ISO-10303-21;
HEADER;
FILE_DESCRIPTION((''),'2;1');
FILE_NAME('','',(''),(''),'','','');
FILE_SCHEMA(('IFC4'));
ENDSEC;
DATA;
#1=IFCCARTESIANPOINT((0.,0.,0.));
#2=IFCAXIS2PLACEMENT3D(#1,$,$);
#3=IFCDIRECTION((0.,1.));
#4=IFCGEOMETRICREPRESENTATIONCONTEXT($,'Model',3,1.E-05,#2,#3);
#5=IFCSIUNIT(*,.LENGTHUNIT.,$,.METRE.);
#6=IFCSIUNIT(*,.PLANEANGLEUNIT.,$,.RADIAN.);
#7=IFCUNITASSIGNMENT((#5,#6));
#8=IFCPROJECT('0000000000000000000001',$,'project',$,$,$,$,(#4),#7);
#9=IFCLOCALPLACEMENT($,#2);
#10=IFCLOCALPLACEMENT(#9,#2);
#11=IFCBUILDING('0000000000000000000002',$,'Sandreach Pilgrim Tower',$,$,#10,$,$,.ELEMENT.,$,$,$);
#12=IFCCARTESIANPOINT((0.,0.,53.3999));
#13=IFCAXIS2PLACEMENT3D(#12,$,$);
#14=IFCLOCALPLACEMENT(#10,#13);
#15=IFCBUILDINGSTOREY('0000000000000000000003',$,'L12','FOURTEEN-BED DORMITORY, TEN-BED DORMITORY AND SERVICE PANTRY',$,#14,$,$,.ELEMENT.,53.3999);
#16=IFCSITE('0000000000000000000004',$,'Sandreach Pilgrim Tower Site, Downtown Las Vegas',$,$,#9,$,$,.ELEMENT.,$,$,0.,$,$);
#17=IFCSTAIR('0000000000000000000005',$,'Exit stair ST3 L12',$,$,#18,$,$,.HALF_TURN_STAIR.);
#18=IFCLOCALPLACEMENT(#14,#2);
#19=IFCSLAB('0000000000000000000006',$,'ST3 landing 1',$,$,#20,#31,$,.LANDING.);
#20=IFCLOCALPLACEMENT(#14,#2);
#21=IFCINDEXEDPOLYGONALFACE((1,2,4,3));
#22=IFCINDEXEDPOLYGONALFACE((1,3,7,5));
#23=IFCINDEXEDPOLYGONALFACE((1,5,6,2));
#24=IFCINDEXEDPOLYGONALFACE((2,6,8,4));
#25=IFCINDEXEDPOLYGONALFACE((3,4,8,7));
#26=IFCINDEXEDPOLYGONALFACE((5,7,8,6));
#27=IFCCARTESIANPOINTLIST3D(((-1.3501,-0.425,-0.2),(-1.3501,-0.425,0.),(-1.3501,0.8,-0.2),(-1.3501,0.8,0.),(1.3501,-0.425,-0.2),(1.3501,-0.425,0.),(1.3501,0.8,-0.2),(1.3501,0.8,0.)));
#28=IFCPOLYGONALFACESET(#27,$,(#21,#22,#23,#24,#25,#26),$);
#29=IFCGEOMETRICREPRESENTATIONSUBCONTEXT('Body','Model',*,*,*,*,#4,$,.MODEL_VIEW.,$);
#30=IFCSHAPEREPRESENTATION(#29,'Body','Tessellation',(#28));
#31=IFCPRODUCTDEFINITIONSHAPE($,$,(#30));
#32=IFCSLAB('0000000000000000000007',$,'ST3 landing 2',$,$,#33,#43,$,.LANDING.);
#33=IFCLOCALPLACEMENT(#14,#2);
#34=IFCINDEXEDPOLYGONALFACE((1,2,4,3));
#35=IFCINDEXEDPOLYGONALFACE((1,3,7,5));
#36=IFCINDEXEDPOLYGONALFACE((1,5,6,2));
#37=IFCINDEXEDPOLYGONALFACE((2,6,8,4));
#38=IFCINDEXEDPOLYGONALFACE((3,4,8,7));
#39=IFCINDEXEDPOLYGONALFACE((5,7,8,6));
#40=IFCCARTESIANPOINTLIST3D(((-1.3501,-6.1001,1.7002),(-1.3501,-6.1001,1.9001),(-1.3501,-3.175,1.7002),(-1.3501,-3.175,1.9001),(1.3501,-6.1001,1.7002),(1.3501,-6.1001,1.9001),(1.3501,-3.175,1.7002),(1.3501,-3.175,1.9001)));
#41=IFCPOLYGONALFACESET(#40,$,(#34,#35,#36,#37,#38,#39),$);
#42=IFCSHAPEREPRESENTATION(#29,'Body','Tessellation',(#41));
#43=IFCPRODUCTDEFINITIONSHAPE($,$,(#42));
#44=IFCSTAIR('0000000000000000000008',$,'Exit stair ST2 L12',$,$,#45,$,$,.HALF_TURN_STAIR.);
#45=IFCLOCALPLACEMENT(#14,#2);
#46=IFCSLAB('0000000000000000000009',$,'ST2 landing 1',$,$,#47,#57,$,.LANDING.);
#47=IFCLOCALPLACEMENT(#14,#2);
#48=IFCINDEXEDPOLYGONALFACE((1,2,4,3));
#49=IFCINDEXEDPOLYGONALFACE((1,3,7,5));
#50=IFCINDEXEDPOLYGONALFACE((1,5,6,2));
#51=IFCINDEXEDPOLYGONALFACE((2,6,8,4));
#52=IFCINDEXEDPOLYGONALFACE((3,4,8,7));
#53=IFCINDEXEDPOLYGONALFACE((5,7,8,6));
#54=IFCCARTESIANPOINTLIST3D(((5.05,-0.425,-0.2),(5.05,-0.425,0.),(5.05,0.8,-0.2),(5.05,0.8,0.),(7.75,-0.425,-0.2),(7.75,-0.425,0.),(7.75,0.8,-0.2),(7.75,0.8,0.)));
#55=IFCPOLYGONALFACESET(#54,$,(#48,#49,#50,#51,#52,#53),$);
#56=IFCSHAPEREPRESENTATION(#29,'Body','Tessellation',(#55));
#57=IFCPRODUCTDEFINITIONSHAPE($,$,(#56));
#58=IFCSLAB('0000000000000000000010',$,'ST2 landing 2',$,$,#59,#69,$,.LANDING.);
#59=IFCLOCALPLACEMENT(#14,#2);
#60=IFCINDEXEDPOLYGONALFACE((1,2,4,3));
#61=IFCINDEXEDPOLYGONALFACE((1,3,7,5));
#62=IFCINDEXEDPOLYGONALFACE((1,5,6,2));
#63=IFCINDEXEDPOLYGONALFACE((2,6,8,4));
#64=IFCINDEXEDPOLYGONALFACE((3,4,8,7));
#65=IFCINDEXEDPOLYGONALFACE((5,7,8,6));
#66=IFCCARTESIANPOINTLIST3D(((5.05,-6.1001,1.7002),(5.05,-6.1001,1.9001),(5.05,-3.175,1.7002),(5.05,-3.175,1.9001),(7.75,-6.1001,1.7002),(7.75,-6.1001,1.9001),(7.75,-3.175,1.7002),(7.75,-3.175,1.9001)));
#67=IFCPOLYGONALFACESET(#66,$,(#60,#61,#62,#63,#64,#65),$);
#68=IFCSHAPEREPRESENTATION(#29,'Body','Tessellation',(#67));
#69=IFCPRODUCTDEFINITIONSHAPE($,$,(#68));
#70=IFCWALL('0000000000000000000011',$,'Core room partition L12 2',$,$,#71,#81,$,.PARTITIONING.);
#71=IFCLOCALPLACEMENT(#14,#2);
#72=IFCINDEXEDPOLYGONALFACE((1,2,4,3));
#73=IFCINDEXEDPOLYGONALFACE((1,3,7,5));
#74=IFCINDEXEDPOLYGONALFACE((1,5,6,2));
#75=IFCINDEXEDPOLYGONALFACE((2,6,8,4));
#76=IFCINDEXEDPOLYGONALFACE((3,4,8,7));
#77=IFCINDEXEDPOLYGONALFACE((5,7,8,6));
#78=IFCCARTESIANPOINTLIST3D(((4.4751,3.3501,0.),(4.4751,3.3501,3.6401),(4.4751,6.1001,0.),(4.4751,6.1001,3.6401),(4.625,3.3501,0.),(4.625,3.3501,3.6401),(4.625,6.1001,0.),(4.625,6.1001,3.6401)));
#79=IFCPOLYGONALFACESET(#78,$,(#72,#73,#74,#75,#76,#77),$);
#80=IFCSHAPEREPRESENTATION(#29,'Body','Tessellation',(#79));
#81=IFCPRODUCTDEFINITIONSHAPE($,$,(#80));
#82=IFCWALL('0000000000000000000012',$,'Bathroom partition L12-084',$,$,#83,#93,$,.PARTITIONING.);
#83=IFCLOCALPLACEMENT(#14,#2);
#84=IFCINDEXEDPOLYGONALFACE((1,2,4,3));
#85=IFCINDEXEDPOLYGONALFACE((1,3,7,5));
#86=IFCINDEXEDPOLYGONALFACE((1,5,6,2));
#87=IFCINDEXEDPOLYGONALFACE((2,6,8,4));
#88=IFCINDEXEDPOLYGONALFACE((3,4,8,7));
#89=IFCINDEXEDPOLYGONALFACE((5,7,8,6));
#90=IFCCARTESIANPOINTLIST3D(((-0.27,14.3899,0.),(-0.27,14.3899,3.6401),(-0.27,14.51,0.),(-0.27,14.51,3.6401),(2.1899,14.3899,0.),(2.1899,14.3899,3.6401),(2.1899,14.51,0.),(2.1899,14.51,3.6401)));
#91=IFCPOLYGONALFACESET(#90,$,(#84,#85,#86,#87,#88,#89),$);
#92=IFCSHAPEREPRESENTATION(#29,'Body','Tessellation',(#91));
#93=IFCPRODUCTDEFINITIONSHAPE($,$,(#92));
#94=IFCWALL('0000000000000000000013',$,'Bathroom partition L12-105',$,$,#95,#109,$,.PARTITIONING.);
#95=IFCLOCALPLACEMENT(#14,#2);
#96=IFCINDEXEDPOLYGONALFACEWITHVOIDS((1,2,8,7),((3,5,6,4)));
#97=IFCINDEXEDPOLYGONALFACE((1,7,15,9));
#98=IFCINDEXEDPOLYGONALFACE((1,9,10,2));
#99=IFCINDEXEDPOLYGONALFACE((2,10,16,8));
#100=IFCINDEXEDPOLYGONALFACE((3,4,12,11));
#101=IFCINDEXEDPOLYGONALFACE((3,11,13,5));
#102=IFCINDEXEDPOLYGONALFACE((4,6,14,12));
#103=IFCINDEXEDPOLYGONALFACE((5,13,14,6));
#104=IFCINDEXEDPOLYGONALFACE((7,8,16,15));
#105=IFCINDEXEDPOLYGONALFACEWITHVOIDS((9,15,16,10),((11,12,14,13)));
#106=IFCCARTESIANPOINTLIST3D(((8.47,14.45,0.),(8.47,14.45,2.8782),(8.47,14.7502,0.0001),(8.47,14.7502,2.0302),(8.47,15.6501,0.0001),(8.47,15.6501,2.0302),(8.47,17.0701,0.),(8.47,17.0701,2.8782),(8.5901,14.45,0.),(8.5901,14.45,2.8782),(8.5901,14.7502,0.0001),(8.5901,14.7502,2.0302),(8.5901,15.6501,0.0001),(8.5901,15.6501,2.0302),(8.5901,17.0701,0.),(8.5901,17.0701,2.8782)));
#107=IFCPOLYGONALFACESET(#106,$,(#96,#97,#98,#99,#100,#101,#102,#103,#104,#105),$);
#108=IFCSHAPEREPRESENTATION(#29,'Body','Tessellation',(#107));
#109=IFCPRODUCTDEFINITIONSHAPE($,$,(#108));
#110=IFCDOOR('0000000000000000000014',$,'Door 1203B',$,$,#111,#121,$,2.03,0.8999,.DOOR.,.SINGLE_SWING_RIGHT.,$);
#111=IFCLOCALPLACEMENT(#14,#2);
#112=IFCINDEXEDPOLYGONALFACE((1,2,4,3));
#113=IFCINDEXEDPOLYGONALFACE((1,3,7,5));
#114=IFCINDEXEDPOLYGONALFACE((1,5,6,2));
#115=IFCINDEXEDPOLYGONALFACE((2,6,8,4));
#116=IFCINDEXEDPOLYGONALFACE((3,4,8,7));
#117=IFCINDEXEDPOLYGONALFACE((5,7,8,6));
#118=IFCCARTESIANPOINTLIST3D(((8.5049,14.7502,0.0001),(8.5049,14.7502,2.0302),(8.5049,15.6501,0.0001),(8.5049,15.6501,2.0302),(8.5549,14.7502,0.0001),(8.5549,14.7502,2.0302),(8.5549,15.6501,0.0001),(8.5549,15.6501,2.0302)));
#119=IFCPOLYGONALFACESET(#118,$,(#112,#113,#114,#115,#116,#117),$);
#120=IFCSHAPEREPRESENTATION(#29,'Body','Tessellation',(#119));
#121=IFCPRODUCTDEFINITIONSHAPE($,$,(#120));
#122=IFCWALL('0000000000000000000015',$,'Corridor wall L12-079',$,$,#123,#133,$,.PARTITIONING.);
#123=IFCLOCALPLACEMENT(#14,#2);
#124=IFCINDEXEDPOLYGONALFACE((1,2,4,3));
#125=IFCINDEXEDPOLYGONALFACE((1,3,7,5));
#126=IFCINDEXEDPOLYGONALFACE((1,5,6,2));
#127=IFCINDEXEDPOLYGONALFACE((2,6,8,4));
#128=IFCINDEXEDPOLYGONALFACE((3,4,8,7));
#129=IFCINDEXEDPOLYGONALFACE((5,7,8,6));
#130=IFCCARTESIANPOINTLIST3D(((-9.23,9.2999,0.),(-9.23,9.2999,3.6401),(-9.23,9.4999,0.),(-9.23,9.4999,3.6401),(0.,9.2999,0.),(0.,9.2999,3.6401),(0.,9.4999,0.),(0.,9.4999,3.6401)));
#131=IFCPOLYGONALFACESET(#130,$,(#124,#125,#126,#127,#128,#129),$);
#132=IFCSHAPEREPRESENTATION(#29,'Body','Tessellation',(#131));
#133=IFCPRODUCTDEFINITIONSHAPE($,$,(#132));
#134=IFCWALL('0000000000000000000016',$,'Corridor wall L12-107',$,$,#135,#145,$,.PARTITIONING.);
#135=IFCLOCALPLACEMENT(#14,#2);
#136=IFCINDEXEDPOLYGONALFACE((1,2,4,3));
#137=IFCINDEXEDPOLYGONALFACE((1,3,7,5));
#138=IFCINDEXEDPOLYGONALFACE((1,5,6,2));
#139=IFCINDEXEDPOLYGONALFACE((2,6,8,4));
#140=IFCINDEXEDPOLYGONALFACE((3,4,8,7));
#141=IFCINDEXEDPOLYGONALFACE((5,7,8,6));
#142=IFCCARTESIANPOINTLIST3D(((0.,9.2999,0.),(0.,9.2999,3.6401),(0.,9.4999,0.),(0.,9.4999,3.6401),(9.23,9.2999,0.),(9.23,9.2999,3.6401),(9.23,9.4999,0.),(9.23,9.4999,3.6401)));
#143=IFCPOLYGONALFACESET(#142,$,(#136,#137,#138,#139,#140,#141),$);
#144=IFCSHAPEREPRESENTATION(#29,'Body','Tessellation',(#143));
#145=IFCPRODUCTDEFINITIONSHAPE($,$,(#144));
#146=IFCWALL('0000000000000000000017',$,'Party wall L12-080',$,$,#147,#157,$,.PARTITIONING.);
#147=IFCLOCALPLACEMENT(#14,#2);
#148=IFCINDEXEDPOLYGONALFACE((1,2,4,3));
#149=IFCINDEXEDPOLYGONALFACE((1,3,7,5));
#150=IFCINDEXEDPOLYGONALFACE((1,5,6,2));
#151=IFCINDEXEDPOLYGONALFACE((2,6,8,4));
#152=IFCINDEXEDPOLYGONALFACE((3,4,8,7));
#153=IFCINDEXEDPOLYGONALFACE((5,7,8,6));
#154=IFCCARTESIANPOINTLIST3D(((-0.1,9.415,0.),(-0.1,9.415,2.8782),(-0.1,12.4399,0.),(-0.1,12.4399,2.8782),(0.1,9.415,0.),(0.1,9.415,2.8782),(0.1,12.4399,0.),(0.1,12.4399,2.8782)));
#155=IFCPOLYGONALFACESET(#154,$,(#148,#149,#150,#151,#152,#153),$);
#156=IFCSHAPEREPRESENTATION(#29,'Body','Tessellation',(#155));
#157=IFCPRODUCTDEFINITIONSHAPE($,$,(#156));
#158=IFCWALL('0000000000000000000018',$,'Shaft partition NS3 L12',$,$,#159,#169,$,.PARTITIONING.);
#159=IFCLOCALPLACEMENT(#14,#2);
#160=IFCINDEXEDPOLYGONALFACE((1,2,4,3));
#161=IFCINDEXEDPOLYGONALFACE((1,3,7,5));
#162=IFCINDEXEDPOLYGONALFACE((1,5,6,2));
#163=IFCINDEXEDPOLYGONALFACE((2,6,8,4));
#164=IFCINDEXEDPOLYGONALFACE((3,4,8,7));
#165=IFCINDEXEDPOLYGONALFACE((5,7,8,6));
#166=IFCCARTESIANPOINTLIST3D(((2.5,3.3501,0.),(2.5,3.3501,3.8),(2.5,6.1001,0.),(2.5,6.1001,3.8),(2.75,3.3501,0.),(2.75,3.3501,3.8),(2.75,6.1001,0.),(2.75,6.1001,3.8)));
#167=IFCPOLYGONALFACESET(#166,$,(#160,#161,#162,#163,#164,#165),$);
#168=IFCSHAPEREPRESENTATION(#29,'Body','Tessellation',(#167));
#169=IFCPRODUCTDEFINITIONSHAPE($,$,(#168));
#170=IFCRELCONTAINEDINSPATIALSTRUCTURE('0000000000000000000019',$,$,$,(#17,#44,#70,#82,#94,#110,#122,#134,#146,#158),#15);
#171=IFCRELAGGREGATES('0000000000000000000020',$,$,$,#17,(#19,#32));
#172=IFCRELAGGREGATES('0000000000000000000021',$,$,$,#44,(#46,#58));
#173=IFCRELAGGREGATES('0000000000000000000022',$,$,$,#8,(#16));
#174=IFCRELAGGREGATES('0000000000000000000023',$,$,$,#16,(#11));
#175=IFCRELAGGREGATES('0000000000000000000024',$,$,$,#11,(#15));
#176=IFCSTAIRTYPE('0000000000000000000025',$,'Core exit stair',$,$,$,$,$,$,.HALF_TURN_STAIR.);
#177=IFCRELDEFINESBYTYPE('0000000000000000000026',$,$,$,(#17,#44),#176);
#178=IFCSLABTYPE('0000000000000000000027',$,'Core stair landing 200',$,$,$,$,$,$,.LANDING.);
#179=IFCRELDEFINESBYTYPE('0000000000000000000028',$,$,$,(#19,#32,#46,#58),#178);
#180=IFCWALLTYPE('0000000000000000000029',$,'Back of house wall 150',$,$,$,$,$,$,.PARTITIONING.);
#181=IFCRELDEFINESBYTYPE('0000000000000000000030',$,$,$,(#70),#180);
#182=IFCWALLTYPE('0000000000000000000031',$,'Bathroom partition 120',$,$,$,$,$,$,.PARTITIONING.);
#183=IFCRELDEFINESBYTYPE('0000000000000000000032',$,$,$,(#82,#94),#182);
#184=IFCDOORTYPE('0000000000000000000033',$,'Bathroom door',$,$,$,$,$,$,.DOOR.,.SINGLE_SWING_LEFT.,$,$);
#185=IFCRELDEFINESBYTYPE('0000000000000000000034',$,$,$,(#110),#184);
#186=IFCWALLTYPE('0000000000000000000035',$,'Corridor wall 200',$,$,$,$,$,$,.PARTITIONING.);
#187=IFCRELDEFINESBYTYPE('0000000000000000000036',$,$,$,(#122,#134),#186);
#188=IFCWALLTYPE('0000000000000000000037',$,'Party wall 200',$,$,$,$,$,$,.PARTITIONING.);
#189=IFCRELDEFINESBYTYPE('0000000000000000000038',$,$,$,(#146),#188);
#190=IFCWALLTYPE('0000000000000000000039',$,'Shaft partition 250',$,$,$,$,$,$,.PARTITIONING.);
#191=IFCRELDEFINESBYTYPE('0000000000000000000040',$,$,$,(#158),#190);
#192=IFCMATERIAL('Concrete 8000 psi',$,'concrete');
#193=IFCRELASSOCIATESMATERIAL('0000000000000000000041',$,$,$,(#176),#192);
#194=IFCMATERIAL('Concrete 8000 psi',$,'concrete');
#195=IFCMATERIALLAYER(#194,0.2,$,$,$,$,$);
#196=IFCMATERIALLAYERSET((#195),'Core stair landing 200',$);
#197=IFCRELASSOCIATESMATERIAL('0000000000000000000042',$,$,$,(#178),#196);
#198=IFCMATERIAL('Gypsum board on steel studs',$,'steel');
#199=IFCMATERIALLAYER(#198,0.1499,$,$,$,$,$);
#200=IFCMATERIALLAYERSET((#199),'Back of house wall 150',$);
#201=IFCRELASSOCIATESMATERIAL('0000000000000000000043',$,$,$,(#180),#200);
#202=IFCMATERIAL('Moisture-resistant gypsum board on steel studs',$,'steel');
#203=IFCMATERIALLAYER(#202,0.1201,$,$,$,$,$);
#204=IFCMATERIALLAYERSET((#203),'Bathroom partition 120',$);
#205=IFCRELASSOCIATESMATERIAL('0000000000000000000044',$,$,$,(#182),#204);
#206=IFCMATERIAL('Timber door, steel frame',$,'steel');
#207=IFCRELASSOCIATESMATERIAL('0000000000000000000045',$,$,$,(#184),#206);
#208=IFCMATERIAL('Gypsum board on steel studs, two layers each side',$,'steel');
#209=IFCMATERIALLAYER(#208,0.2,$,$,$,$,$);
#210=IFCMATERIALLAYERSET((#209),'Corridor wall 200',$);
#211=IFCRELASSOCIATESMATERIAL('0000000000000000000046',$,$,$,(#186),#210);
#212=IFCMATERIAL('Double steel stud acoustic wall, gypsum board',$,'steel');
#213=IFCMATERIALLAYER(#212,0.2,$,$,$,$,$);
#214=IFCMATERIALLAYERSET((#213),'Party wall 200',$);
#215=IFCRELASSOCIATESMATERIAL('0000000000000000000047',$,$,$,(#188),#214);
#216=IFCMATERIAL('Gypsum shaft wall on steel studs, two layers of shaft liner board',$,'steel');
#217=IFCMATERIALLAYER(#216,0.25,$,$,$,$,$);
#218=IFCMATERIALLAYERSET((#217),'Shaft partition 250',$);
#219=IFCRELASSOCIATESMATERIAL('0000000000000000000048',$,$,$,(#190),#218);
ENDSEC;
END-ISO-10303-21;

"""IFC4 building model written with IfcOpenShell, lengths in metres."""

from ifc_helpers import new_model, si_unit, direction, frame, frame_2d, origin, place, context, subcontext, project, spatial, polyline, rectangle, outline, extrude, material, layer, layer_set, type_object, element, fill, aggregate, save


model = new_model("IFC4")

# Units and contexts
model_context = context("Model", 3, precision=1e-05, world=origin(), true_north=direction((0.0, 1.0)))
body_context = subcontext(model_context, "Body", "Model", "MODEL_VIEW")
ifc_project = project(units=[si_unit("LENGTHUNIT", "METRE"), si_unit("PLANEANGLEUNIT", "RADIAN")], contexts=[model_context])

# Site, building, storey
site_placement = place(None, origin())
site = spatial("IfcSite", under=ifc_project, at=site_placement, Name="Sandreach Pilgrim Tower Site, Downtown Las Vegas", CompositionType="ELEMENT", RefElevation=0.0)
building_placement = place(site_placement, origin())
building = spatial("IfcBuilding", under=site, at=building_placement, Name="Sandreach Pilgrim Tower", CompositionType="ELEMENT")
storey_placement = place(building_placement, frame((0.0, 0.0, 53.3999)))
storey = spatial("IfcBuildingStorey", under=building, at=storey_placement, Name="L12", Description="FOURTEEN-BED DORMITORY, TEN-BED DORMITORY AND SERVICE PANTRY", CompositionType="ELEMENT", Elevation=53.3999)

# Stairs, slabs
ifc_material_1 = material(Name="Concrete 8000 psi", Category="concrete")
stair_type = type_object("IfcStairType", Name="Core exit stair", PredefinedType="HALF_TURN_STAIR", material=ifc_material_1)
stair_1_placement = place(storey_placement, origin())
stair_1 = element("IfcStair", 1, at=stair_1_placement, inside=storey, type_object=stair_type, Name="Exit stair ST3 L12", PredefinedType="HALF_TURN_STAIR")
ifc_material_2 = material(Name="Concrete 8000 psi", Category="concrete")
ifc_layer_1 = layer(ifc_material_2, 0.2)
ifc_layer_set_1 = layer_set([ifc_layer_1], Name="Core stair landing 200")
slab_type = type_object("IfcSlabType", Name="Core stair landing 200", PredefinedType="LANDING", material=ifc_layer_set_1)
slab_1_placement = place(storey_placement, frame((0.0, 0.0, -0.2)))
slab_1 = element("IfcSlab", 2, at=slab_1_placement, type_object=slab_type, Name="ST3 landing 1", PredefinedType="LANDING", context=body_context, shape_type="SweptSolid", body=[
    extrude(outline(polyline([(-1.3501, -0.425), (1.3501, -0.425), (1.3501, 0.8), (-1.3501, 0.8), (-1.3501, -0.425)])), origin(), (0.0, 0.0, 1.0), 0.2),
])
slab_2_placement = place(storey_placement, frame((0.0, 0.0, 1.7002)))
slab_2 = element("IfcSlab", 3, at=slab_2_placement, type_object=slab_type, Name="ST3 landing 2", PredefinedType="LANDING", context=body_context, shape_type="SweptSolid", body=[
    extrude(outline(polyline([(-1.3501, -6.1001), (1.3501, -6.1001), (1.3501, -3.175), (-1.3501, -3.175), (-1.3501, -6.1001)])), origin(), (0.0, 0.0, 1.0), 0.2),
])
aggregate(stair_1, [slab_1, slab_2])
stair_2_placement = place(storey_placement, origin())
stair_2 = element("IfcStair", 4, at=stair_2_placement, inside=storey, type_object=stair_type, Name="Exit stair ST2 L12", PredefinedType="HALF_TURN_STAIR")
slab_3_placement = place(storey_placement, frame((0.0, 0.0, -0.2)))
slab_3 = element("IfcSlab", 5, at=slab_3_placement, type_object=slab_type, Name="ST2 landing 1", PredefinedType="LANDING", context=body_context, shape_type="SweptSolid", body=[
    extrude(outline(polyline([(5.05, -0.425), (7.75, -0.425), (7.75, 0.8), (5.05, 0.8), (5.05, -0.425)])), origin(), (0.0, 0.0, 1.0), 0.2),
])
slab_4_placement = place(storey_placement, frame((0.0, 0.0, 1.7002)))
slab_4 = element("IfcSlab", 6, at=slab_4_placement, type_object=slab_type, Name="ST2 landing 2", PredefinedType="LANDING", context=body_context, shape_type="SweptSolid", body=[
    extrude(outline(polyline([(5.05, -6.1001), (7.75, -6.1001), (7.75, -3.175), (5.05, -3.175), (5.05, -6.1001)])), origin(), (0.0, 0.0, 1.0), 0.2),
])
aggregate(stair_2, [slab_3, slab_4])

# Walls
ifc_material_3 = material(Name="Gypsum board on steel studs", Category="steel")
ifc_layer_2 = layer(ifc_material_3, 0.1499)
ifc_layer_set_2 = layer_set([ifc_layer_2], Name="Back of house wall 150")
wall_type_1 = type_object("IfcWallType", Name="Back of house wall 150", PredefinedType="PARTITIONING", material=ifc_layer_set_2)
wall_1_placement = place(storey_placement, frame((4.55, 3.3501, 0.0), z_axis=(0.0, 0.0, 1.0), x_axis=(0.0, 1.0, 0.0)))
element("IfcWall", 7, at=wall_1_placement, inside=storey, type_object=wall_type_1, Name="Core room partition L12 2", PredefinedType="PARTITIONING", context=body_context, shape_type="SweptSolid", body=[
    extrude(rectangle(XDim=2.75, YDim=0.1499, at=frame_2d((1.375, 0.0))), origin(), (0.0, 0.0, 1.0), 3.6401),
])
ifc_material_4 = material(Name="Moisture-resistant gypsum board on steel studs", Category="steel")
ifc_layer_3 = layer(ifc_material_4, 0.1201)
ifc_layer_set_3 = layer_set([ifc_layer_3], Name="Bathroom partition 120")
wall_type_2 = type_object("IfcWallType", Name="Bathroom partition 120", PredefinedType="PARTITIONING", material=ifc_layer_set_3)
wall_2_placement = place(storey_placement, frame((2.1899, 14.45, 0.0), z_axis=(0.0, 0.0, 1.0), x_axis=(-1.0, 0.0, 0.0)))
element("IfcWall", 8, at=wall_2_placement, inside=storey, type_object=wall_type_2, Name="Bathroom partition L12-084", PredefinedType="PARTITIONING", context=body_context, shape_type="SweptSolid", body=[
    extrude(rectangle(XDim=2.46, YDim=0.1201, at=frame_2d((1.23, 0.0))), origin(), (0.0, 0.0, 1.0), 3.6401),
])

# Wall, opening, door
wall_3_placement = place(storey_placement, frame((8.53, 17.0701, 0.0), z_axis=(0.0, 0.0, 1.0), x_axis=(0.0, -1.0, 0.0)))
wall_3 = element("IfcWall", 9, at=wall_3_placement, inside=storey, type_object=wall_type_2, Name="Bathroom partition L12-105", PredefinedType="PARTITIONING", context=body_context, shape_type="SweptSolid", body=[
    extrude(rectangle(XDim=2.6201, YDim=0.1201, at=frame_2d((1.3101, 0.0))), origin(), (0.0, 0.0, 1.0), 2.8782),
])
opening_1_placement = place(wall_3_placement, frame((1.4199, 0.0, 0.0)))
opening_1 = element("IfcOpeningElement", 10, at=opening_1_placement, cuts=wall_3, PredefinedType="OPENING", context=body_context, shape_type="SweptSolid", body=[
    extrude(rectangle(XDim=0.8999, YDim=2.03, at=frame_2d((0.45, 1.0151))), frame((0.0, 0.0601, 0.0), z_axis=(0.0, -1.0, 0.0), x_axis=(1.0, 0.0, 0.0)), (0.0, 0.0, 1.0), 0.1201),
])
ifc_material_5 = material(Name="Timber door, steel frame", Category="steel")
door_type_1 = type_object("IfcDoorType", Name="Bathroom door", OperationType="SINGLE_SWING_LEFT", PredefinedType="DOOR", material=ifc_material_5)
door_1_placement = place(opening_1_placement, origin())
door_1 = element("IfcDoor", 11, at=door_1_placement, inside=storey, type_object=door_type_1, Name="Door 1203B", OperationType="SINGLE_SWING_RIGHT", OverallHeight=2.03, OverallWidth=0.8999, PredefinedType="DOOR", context=body_context, shape_type="SweptSolid", body=[
    extrude(rectangle(XDim=0.8999, YDim=2.03, at=frame_2d((0.45, 1.0151))), frame((0.0, 0.0249, 0.0), z_axis=(0.0, -1.0, 0.0), x_axis=(1.0, 0.0, 0.0)), (0.0, 0.0, 1.0), 0.05),
])
fill(opening_1, door_1)

# Wall
ifc_material_6 = material(Name="Gypsum board on steel studs, two layers each side", Category="steel")
ifc_layer_4 = layer(ifc_material_6, 0.2)
ifc_layer_set_4 = layer_set([ifc_layer_4], Name="Corridor wall 200")
wall_type_3 = type_object("IfcWallType", Name="Corridor wall 200", PredefinedType="PARTITIONING", material=ifc_layer_set_4)
wall_4_placement = place(storey_placement, frame((0.0, 9.3999, 0.0), z_axis=(0.0, 0.0, 1.0), x_axis=(-1.0, 0.0, 0.0)))
element("IfcWall", 12, at=wall_4_placement, inside=storey, type_object=wall_type_3, Name="Corridor wall L12-079", PredefinedType="PARTITIONING", context=body_context, shape_type="SweptSolid", body=[
    extrude(rectangle(XDim=9.23, YDim=0.2, at=frame_2d((4.615, 0.0))), origin(), (0.0, 0.0, 1.0), 3.6401),
])

# Walls
wall_5_placement = place(storey_placement, frame((9.23, 9.3999, 0.0), z_axis=(0.0, 0.0, 1.0), x_axis=(-1.0, 0.0, 0.0)))
element("IfcWall", 13, at=wall_5_placement, inside=storey, type_object=wall_type_3, Name="Corridor wall L12-107", PredefinedType="PARTITIONING", context=body_context, shape_type="SweptSolid", body=[
    extrude(rectangle(XDim=9.23, YDim=0.2, at=frame_2d((4.615, 0.0))), origin(), (0.0, 0.0, 1.0), 3.6401),
])
ifc_material_7 = material(Name="Double steel stud acoustic wall, gypsum board", Category="steel")
ifc_layer_5 = layer(ifc_material_7, 0.2)
ifc_layer_set_5 = layer_set([ifc_layer_5], Name="Party wall 200")
wall_type_4 = type_object("IfcWallType", Name="Party wall 200", PredefinedType="PARTITIONING", material=ifc_layer_set_5)
wall_6_placement = place(storey_placement, frame((0.0, 12.4399, 0.0), z_axis=(0.0, 0.0, 1.0), x_axis=(0.0, -1.0, 0.0)))
element("IfcWall", 14, at=wall_6_placement, inside=storey, type_object=wall_type_4, Name="Party wall L12-080", PredefinedType="PARTITIONING", context=body_context, shape_type="SweptSolid", body=[
    extrude(rectangle(XDim=3.0249, YDim=0.2, at=frame_2d((1.5125, 0.0))), origin(), (0.0, 0.0, 1.0), 2.8782),
])
ifc_material_8 = material(Name="Gypsum shaft wall on steel studs, two layers of shaft liner board", Category="steel")
ifc_layer_6 = layer(ifc_material_8, 0.25)
ifc_layer_set_6 = layer_set([ifc_layer_6], Name="Shaft partition 250")
wall_type_5 = type_object("IfcWallType", Name="Shaft partition 250", PredefinedType="PARTITIONING", material=ifc_layer_set_6)
wall_7_placement = place(storey_placement, frame((2.625, 3.3501, 0.0), z_axis=(0.0, 0.0, 1.0), x_axis=(0.0, 1.0, 0.0)))
element("IfcWall", 15, at=wall_7_placement, inside=storey, type_object=wall_type_5, Name="Shaft partition NS3 L12", PredefinedType="PARTITIONING", context=body_context, shape_type="SweptSolid", body=[
    extrude(rectangle(XDim=2.75, YDim=0.25, at=frame_2d((1.375, 0.0))), origin(), (0.0, 0.0, 1.0), 3.8),
])

save(model, "model.ifc")
